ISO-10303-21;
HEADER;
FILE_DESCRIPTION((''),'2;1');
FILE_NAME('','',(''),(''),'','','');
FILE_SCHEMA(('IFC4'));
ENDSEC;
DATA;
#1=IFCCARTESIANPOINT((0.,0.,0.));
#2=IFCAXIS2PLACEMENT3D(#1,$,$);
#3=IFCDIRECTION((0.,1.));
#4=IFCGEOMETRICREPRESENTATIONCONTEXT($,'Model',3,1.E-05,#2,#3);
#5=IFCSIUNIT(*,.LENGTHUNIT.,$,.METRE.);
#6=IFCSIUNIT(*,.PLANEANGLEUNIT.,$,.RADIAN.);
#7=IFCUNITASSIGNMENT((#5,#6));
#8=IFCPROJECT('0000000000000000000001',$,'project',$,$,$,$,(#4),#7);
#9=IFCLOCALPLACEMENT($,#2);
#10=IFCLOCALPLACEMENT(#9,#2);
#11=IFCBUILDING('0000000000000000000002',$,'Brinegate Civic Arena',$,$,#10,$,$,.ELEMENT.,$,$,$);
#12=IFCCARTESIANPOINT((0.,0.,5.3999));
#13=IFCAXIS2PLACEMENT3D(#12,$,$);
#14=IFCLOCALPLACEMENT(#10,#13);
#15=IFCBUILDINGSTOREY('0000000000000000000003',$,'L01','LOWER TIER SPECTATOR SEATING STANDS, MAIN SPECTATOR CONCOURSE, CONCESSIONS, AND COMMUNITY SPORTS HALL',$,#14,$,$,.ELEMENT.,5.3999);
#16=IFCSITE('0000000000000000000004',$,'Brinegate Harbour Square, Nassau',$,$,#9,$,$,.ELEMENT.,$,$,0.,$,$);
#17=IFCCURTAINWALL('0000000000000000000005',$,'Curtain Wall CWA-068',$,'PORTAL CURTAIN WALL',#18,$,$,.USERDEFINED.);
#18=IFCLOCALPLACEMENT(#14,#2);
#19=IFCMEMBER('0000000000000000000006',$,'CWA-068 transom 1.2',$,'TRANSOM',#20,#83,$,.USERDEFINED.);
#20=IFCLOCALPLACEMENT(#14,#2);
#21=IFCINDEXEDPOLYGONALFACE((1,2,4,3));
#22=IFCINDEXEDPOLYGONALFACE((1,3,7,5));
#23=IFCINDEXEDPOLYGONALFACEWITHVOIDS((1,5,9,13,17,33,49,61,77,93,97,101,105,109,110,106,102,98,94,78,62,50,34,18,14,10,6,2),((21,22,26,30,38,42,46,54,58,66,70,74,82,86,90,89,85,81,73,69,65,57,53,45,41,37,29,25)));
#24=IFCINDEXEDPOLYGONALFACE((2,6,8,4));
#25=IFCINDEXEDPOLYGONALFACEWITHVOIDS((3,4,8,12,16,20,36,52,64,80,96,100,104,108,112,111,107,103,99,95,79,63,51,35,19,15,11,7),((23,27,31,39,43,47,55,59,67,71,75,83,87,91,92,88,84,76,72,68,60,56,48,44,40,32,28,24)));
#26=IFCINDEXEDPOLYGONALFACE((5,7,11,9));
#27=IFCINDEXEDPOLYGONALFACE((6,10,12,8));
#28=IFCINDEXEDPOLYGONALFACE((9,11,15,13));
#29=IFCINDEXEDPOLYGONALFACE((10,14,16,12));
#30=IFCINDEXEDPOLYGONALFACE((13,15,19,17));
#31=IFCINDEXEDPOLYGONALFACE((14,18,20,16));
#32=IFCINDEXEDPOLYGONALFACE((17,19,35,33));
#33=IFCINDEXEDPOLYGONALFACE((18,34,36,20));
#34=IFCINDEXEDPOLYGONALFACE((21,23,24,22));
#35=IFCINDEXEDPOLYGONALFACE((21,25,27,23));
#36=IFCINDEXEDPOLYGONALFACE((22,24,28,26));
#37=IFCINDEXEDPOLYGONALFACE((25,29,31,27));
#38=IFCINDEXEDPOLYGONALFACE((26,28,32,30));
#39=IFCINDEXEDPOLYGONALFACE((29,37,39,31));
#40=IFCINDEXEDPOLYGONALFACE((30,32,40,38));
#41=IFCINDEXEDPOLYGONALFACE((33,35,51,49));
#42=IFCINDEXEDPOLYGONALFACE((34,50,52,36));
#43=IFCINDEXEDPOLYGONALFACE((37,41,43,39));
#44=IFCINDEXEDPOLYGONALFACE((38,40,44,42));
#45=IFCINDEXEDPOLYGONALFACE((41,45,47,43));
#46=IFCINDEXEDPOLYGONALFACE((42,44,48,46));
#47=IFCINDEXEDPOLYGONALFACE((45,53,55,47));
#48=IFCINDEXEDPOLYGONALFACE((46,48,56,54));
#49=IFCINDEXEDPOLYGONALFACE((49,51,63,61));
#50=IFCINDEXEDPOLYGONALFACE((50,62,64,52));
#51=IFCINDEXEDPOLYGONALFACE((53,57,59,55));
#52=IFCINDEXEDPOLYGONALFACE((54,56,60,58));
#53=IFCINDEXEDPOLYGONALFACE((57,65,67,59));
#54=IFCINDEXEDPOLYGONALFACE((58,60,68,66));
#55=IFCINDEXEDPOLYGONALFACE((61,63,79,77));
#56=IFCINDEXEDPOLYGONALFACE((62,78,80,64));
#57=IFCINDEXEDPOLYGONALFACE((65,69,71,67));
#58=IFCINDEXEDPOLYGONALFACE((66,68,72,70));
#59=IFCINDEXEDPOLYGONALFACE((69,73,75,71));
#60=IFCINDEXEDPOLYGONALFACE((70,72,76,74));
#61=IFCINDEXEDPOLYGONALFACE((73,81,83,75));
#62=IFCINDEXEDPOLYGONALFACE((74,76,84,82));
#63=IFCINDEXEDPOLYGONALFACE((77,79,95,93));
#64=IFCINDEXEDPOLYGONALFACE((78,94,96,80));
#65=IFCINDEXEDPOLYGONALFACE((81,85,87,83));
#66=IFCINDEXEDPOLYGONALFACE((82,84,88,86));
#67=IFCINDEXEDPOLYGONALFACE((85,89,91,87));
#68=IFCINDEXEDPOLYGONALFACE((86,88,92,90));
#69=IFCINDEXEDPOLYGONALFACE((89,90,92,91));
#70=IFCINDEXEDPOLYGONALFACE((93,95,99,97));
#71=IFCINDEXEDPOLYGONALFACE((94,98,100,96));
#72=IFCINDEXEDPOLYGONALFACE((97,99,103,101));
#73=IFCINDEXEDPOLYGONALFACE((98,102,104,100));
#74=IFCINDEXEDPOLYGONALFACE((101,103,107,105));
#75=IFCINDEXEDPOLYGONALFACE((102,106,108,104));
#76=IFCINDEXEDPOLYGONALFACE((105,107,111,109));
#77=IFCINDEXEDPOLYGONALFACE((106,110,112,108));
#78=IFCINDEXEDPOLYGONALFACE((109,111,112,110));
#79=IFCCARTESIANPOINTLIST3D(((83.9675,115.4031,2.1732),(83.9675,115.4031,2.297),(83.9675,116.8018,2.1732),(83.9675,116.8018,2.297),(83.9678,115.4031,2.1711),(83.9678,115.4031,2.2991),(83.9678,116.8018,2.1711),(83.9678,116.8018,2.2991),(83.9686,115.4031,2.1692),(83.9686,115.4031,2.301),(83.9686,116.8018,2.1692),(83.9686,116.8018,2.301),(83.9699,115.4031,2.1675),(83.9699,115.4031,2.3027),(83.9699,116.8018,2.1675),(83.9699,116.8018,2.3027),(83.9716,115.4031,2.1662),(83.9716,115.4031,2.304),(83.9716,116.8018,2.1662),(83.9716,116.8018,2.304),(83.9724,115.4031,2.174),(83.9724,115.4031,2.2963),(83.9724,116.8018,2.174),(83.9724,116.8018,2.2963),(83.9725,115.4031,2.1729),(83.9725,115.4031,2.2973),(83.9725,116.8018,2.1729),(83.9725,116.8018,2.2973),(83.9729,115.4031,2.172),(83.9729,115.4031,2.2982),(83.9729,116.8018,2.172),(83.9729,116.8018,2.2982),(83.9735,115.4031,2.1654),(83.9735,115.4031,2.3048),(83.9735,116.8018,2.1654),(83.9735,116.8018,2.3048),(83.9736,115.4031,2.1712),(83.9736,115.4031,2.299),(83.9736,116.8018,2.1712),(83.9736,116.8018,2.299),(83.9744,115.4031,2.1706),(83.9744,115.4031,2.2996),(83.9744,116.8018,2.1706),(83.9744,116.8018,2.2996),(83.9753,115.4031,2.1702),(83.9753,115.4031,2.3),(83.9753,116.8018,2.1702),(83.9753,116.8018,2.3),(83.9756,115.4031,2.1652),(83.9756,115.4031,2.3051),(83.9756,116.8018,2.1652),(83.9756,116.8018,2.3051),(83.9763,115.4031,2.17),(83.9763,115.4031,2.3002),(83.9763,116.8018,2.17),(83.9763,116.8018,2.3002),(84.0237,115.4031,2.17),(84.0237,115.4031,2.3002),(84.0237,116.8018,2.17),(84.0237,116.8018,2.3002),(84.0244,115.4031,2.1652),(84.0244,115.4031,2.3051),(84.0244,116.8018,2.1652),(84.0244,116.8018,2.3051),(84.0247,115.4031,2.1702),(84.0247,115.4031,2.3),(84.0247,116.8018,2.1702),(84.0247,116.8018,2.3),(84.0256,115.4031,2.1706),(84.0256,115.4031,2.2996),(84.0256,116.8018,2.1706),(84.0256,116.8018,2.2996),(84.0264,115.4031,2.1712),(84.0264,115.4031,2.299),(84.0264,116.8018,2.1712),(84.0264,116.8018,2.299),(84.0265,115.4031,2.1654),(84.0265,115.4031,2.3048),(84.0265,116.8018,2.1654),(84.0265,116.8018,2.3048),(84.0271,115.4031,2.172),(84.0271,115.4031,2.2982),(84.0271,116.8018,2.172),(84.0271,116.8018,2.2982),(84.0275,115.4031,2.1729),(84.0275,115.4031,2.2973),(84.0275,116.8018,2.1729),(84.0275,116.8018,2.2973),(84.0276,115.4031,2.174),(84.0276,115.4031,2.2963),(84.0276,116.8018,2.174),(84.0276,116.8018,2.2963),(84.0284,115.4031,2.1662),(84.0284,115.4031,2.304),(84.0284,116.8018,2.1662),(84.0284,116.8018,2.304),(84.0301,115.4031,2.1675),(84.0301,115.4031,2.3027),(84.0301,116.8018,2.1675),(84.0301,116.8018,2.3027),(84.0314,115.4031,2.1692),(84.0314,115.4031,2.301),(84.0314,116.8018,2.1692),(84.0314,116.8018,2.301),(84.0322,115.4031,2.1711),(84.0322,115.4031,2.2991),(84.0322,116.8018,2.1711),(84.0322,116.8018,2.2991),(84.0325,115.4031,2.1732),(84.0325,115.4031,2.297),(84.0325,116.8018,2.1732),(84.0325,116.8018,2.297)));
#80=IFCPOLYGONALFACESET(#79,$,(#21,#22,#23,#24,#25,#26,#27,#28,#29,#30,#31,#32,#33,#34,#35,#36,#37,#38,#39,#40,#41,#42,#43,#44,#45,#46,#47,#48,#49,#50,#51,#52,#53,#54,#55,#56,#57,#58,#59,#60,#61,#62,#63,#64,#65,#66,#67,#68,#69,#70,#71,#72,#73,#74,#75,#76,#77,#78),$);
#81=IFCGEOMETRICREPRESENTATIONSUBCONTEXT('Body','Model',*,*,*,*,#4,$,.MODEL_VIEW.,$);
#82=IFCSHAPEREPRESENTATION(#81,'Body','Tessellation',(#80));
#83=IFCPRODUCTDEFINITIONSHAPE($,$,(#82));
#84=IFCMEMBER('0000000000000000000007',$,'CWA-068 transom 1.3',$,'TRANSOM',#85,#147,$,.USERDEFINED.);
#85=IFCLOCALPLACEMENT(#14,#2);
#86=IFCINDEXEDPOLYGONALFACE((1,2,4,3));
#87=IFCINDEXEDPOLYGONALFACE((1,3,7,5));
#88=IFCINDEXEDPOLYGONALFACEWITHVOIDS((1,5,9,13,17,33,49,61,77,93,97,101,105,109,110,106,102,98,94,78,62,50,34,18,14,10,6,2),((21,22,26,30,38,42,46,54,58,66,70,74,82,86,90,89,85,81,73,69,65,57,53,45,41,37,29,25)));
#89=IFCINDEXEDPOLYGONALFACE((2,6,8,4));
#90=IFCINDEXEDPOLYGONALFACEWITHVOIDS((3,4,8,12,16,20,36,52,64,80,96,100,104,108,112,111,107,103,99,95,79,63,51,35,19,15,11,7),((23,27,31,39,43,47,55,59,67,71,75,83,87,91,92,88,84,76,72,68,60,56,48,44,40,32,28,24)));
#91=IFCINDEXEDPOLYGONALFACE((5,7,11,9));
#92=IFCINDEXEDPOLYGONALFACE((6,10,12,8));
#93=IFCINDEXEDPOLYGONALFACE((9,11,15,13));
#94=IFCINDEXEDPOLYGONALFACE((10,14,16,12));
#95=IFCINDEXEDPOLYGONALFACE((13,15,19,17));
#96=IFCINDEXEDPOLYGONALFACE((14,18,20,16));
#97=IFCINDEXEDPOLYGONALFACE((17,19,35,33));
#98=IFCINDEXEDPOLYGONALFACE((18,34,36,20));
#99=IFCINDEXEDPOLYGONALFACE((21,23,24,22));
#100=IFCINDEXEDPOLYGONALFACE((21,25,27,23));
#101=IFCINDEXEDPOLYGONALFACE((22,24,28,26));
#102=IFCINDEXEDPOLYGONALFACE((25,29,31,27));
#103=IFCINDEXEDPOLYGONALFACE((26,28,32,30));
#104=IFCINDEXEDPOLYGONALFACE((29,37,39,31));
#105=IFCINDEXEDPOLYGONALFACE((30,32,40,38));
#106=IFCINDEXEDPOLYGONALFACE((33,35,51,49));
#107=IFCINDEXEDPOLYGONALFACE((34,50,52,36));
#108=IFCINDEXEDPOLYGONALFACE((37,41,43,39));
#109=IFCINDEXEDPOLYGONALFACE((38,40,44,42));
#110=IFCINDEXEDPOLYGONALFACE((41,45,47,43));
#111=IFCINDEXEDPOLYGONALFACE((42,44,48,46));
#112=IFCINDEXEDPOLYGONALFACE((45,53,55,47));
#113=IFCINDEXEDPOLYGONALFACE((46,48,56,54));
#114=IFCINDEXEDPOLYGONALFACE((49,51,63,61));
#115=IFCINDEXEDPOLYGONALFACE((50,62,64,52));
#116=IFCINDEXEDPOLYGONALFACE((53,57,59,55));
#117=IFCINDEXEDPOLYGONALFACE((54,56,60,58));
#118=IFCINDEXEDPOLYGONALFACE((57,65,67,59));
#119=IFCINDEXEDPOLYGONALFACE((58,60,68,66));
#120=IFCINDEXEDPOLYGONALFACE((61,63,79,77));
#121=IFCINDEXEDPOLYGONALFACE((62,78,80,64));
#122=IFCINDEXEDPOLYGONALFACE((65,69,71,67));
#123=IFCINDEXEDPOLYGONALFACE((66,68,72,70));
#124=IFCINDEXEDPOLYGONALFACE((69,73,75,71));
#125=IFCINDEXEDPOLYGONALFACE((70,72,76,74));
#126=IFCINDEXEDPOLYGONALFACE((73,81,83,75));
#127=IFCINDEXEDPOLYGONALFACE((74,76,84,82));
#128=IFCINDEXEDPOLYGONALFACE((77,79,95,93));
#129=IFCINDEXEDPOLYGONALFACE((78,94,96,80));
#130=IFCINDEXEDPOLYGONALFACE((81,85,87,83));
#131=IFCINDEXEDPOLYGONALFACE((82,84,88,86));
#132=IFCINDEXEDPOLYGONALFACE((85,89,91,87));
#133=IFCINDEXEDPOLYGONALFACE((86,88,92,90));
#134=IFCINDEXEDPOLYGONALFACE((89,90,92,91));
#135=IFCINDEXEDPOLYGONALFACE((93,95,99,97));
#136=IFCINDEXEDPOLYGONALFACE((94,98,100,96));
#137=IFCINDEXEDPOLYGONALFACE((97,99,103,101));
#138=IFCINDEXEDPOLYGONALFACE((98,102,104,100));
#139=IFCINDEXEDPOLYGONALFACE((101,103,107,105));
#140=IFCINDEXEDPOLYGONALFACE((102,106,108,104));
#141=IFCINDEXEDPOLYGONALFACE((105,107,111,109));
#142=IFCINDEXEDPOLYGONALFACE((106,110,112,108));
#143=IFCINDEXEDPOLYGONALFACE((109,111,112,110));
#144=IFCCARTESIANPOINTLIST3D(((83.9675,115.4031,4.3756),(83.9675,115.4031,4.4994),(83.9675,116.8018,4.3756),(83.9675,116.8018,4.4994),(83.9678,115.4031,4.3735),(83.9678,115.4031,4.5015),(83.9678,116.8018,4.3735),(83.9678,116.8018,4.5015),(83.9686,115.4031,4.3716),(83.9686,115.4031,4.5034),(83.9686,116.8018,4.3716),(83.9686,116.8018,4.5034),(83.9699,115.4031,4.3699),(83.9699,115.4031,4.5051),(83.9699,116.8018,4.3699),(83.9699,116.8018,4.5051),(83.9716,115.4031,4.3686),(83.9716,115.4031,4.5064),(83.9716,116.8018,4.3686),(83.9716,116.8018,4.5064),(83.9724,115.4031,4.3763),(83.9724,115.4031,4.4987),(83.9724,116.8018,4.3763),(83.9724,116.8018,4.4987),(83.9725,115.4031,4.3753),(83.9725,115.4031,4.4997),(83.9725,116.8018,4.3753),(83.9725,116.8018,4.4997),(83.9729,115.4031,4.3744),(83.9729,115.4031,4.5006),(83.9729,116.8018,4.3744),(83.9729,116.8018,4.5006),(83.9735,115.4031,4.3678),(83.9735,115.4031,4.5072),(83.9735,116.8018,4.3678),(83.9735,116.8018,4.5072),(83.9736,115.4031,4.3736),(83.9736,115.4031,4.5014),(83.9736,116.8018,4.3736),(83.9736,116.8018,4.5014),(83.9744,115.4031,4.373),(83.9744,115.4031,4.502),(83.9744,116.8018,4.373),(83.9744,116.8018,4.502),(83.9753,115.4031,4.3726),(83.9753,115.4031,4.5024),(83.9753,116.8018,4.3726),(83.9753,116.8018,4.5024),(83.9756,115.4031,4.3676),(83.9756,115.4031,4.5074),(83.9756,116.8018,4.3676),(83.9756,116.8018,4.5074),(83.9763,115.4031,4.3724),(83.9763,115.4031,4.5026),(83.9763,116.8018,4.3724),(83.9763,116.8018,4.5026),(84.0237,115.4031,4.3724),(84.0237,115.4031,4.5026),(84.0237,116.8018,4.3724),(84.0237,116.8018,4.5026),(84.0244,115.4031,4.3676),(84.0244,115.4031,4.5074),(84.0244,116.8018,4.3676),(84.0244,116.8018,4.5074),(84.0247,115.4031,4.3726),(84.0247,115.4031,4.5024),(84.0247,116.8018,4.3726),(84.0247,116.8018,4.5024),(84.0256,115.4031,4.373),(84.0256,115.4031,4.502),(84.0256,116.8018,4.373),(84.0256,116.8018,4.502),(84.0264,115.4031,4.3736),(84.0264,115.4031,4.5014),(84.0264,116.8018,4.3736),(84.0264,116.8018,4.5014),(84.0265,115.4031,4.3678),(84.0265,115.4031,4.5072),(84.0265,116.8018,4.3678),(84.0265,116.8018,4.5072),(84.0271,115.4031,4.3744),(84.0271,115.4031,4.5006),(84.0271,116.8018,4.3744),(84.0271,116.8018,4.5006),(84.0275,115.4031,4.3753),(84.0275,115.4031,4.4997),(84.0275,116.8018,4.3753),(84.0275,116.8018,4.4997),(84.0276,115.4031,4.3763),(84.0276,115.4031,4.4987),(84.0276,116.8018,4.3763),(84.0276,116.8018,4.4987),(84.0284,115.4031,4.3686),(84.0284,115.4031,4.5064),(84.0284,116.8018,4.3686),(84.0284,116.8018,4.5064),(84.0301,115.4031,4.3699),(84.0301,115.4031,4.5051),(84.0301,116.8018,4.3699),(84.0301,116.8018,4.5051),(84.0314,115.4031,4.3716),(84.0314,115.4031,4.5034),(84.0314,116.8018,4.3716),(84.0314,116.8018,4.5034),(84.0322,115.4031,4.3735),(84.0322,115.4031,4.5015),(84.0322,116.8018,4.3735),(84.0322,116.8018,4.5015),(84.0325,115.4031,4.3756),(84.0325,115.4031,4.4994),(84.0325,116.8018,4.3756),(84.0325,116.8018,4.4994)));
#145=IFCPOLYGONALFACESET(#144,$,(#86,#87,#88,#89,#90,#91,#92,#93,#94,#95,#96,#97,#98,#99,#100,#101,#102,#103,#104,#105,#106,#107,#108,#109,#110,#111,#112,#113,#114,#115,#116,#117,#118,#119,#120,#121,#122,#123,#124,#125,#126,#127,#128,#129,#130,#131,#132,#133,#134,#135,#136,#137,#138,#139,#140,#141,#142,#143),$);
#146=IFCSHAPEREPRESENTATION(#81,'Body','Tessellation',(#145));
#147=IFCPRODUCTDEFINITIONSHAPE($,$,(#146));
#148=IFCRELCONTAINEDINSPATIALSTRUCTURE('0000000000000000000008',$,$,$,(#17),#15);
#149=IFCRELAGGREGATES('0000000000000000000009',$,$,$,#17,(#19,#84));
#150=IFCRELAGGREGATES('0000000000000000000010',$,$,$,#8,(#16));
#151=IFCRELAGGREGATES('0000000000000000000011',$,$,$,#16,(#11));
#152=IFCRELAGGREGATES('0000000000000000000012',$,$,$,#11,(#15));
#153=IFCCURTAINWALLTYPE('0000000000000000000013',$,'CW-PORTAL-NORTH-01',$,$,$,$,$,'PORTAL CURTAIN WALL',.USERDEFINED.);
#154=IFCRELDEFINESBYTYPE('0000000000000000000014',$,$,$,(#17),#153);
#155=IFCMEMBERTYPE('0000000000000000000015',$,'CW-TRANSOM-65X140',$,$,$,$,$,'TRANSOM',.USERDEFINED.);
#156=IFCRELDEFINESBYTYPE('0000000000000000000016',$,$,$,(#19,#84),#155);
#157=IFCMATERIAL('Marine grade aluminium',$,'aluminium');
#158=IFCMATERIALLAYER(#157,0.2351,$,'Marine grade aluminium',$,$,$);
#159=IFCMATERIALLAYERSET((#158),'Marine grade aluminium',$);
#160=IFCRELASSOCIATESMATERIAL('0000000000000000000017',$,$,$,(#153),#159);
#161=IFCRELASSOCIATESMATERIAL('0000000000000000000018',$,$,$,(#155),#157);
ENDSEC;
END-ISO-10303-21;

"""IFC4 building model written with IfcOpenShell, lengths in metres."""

from ifc_helpers import new_model, si_unit, direction, frame, origin, origin_2d, place, context, subcontext, project, spatial, hollow_rectangle, extrude, material, layer, layer_set, material_profile, profile_set, type_object, element, aggregate, save


model = new_model("IFC4")

# Units and contexts
model_context = context("Model", 3, precision=1e-05, world=origin(), true_north=direction((0.0, 1.0)))
body_context = subcontext(model_context, "Body", "Model", "MODEL_VIEW")
ifc_project = project(units=[si_unit("LENGTHUNIT", "METRE"), si_unit("PLANEANGLEUNIT", "RADIAN")], contexts=[model_context])

# Site, building, storey
site_placement = place(None, origin())
site = spatial("IfcSite", under=ifc_project, at=site_placement, Name="Brinegate Harbour Square, Nassau", CompositionType="ELEMENT", RefElevation=0.0)
building_placement = place(site_placement, origin())
building = spatial("IfcBuilding", under=site, at=building_placement, Name="Brinegate Civic Arena", CompositionType="ELEMENT")
storey_placement = place(building_placement, frame((0.0, 0.0, 5.3999)))
storey = spatial("IfcBuildingStorey", under=building, at=storey_placement, Name="L01", Description="LOWER TIER SPECTATOR SEATING STANDS, MAIN SPECTATOR CONCOURSE, CONCESSIONS, AND COMMUNITY SPORTS HALL", CompositionType="ELEMENT", Elevation=5.3999)

# Curtain wall, members
ifc_material_1 = material(Name="Marine grade aluminium", Category="aluminium")
ifc_layer_1 = layer(ifc_material_1, 0.2351, Name="Marine grade aluminium")
ifc_layer_set_1 = layer_set([ifc_layer_1], Name="Marine grade aluminium")
curtain_wall_type = type_object("IfcCurtainWallType", Name="CW-PORTAL-NORTH-01", ElementType="PORTAL CURTAIN WALL", PredefinedType="USERDEFINED", material=ifc_layer_set_1)
curtain_wall_placement = place(storey_placement, origin())
curtain_wall = element("IfcCurtainWall", 1, at=curtain_wall_placement, inside=storey, type_object=curtain_wall_type, Name="Curtain Wall CWA-068", ObjectType="PORTAL CURTAIN WALL", PredefinedType="USERDEFINED")
ifc_material_profile_1 = material_profile(ifc_material_1, hollow_rectangle(XDim=0.0649, YDim=0.1399, WallThickness=0.0049, InnerFilletRadius=0.0039, OuterFilletRadius=0.0081, at=origin_2d()), Name="TRN65X140")
ifc_profile_set_1 = profile_set([ifc_material_profile_1], Name="Marine grade aluminium")
member_type_1 = type_object("IfcMemberType", Name="CW-TRANSOM-65X140", ElementType="TRANSOM", PredefinedType="USERDEFINED", material=ifc_profile_set_1)
member_1_placement = place(storey_placement, frame((84.0, 115.4031, 2.2351), z_axis=(0.0, 1.0, 0.0), x_axis=(-1.0, 0.0, 0.0)))
member_1 = element("IfcMember", 2, at=member_1_placement, type_object=member_type_1, Name="CWA-068 transom 1.2", ObjectType="TRANSOM", PredefinedType="USERDEFINED", context=body_context, shape_type="SweptSolid", body=[
    extrude(hollow_rectangle(XDim=0.0649, YDim=0.1399, WallThickness=0.0049, InnerFilletRadius=0.0039, OuterFilletRadius=0.0081, at=origin_2d()), origin(), (0.0, 0.0, 1.0), 1.3987),
])
member_2_placement = place(storey_placement, frame((84.0, 115.4031, 4.4375), z_axis=(0.0, 1.0, 0.0), x_axis=(-1.0, 0.0, 0.0)))
member_2 = element("IfcMember", 3, at=member_2_placement, type_object=member_type_1, Name="CWA-068 transom 1.3", ObjectType="TRANSOM", PredefinedType="USERDEFINED", context=body_context, shape_type="SweptSolid", body=[
    extrude(hollow_rectangle(XDim=0.0649, YDim=0.1399, WallThickness=0.0049, InnerFilletRadius=0.0039, OuterFilletRadius=0.0081, at=origin_2d()), origin(), (0.0, 0.0, 1.0), 1.3987),
])

aggregate(curtain_wall, [member_1, member_2])

save(model, "model.ifc")
